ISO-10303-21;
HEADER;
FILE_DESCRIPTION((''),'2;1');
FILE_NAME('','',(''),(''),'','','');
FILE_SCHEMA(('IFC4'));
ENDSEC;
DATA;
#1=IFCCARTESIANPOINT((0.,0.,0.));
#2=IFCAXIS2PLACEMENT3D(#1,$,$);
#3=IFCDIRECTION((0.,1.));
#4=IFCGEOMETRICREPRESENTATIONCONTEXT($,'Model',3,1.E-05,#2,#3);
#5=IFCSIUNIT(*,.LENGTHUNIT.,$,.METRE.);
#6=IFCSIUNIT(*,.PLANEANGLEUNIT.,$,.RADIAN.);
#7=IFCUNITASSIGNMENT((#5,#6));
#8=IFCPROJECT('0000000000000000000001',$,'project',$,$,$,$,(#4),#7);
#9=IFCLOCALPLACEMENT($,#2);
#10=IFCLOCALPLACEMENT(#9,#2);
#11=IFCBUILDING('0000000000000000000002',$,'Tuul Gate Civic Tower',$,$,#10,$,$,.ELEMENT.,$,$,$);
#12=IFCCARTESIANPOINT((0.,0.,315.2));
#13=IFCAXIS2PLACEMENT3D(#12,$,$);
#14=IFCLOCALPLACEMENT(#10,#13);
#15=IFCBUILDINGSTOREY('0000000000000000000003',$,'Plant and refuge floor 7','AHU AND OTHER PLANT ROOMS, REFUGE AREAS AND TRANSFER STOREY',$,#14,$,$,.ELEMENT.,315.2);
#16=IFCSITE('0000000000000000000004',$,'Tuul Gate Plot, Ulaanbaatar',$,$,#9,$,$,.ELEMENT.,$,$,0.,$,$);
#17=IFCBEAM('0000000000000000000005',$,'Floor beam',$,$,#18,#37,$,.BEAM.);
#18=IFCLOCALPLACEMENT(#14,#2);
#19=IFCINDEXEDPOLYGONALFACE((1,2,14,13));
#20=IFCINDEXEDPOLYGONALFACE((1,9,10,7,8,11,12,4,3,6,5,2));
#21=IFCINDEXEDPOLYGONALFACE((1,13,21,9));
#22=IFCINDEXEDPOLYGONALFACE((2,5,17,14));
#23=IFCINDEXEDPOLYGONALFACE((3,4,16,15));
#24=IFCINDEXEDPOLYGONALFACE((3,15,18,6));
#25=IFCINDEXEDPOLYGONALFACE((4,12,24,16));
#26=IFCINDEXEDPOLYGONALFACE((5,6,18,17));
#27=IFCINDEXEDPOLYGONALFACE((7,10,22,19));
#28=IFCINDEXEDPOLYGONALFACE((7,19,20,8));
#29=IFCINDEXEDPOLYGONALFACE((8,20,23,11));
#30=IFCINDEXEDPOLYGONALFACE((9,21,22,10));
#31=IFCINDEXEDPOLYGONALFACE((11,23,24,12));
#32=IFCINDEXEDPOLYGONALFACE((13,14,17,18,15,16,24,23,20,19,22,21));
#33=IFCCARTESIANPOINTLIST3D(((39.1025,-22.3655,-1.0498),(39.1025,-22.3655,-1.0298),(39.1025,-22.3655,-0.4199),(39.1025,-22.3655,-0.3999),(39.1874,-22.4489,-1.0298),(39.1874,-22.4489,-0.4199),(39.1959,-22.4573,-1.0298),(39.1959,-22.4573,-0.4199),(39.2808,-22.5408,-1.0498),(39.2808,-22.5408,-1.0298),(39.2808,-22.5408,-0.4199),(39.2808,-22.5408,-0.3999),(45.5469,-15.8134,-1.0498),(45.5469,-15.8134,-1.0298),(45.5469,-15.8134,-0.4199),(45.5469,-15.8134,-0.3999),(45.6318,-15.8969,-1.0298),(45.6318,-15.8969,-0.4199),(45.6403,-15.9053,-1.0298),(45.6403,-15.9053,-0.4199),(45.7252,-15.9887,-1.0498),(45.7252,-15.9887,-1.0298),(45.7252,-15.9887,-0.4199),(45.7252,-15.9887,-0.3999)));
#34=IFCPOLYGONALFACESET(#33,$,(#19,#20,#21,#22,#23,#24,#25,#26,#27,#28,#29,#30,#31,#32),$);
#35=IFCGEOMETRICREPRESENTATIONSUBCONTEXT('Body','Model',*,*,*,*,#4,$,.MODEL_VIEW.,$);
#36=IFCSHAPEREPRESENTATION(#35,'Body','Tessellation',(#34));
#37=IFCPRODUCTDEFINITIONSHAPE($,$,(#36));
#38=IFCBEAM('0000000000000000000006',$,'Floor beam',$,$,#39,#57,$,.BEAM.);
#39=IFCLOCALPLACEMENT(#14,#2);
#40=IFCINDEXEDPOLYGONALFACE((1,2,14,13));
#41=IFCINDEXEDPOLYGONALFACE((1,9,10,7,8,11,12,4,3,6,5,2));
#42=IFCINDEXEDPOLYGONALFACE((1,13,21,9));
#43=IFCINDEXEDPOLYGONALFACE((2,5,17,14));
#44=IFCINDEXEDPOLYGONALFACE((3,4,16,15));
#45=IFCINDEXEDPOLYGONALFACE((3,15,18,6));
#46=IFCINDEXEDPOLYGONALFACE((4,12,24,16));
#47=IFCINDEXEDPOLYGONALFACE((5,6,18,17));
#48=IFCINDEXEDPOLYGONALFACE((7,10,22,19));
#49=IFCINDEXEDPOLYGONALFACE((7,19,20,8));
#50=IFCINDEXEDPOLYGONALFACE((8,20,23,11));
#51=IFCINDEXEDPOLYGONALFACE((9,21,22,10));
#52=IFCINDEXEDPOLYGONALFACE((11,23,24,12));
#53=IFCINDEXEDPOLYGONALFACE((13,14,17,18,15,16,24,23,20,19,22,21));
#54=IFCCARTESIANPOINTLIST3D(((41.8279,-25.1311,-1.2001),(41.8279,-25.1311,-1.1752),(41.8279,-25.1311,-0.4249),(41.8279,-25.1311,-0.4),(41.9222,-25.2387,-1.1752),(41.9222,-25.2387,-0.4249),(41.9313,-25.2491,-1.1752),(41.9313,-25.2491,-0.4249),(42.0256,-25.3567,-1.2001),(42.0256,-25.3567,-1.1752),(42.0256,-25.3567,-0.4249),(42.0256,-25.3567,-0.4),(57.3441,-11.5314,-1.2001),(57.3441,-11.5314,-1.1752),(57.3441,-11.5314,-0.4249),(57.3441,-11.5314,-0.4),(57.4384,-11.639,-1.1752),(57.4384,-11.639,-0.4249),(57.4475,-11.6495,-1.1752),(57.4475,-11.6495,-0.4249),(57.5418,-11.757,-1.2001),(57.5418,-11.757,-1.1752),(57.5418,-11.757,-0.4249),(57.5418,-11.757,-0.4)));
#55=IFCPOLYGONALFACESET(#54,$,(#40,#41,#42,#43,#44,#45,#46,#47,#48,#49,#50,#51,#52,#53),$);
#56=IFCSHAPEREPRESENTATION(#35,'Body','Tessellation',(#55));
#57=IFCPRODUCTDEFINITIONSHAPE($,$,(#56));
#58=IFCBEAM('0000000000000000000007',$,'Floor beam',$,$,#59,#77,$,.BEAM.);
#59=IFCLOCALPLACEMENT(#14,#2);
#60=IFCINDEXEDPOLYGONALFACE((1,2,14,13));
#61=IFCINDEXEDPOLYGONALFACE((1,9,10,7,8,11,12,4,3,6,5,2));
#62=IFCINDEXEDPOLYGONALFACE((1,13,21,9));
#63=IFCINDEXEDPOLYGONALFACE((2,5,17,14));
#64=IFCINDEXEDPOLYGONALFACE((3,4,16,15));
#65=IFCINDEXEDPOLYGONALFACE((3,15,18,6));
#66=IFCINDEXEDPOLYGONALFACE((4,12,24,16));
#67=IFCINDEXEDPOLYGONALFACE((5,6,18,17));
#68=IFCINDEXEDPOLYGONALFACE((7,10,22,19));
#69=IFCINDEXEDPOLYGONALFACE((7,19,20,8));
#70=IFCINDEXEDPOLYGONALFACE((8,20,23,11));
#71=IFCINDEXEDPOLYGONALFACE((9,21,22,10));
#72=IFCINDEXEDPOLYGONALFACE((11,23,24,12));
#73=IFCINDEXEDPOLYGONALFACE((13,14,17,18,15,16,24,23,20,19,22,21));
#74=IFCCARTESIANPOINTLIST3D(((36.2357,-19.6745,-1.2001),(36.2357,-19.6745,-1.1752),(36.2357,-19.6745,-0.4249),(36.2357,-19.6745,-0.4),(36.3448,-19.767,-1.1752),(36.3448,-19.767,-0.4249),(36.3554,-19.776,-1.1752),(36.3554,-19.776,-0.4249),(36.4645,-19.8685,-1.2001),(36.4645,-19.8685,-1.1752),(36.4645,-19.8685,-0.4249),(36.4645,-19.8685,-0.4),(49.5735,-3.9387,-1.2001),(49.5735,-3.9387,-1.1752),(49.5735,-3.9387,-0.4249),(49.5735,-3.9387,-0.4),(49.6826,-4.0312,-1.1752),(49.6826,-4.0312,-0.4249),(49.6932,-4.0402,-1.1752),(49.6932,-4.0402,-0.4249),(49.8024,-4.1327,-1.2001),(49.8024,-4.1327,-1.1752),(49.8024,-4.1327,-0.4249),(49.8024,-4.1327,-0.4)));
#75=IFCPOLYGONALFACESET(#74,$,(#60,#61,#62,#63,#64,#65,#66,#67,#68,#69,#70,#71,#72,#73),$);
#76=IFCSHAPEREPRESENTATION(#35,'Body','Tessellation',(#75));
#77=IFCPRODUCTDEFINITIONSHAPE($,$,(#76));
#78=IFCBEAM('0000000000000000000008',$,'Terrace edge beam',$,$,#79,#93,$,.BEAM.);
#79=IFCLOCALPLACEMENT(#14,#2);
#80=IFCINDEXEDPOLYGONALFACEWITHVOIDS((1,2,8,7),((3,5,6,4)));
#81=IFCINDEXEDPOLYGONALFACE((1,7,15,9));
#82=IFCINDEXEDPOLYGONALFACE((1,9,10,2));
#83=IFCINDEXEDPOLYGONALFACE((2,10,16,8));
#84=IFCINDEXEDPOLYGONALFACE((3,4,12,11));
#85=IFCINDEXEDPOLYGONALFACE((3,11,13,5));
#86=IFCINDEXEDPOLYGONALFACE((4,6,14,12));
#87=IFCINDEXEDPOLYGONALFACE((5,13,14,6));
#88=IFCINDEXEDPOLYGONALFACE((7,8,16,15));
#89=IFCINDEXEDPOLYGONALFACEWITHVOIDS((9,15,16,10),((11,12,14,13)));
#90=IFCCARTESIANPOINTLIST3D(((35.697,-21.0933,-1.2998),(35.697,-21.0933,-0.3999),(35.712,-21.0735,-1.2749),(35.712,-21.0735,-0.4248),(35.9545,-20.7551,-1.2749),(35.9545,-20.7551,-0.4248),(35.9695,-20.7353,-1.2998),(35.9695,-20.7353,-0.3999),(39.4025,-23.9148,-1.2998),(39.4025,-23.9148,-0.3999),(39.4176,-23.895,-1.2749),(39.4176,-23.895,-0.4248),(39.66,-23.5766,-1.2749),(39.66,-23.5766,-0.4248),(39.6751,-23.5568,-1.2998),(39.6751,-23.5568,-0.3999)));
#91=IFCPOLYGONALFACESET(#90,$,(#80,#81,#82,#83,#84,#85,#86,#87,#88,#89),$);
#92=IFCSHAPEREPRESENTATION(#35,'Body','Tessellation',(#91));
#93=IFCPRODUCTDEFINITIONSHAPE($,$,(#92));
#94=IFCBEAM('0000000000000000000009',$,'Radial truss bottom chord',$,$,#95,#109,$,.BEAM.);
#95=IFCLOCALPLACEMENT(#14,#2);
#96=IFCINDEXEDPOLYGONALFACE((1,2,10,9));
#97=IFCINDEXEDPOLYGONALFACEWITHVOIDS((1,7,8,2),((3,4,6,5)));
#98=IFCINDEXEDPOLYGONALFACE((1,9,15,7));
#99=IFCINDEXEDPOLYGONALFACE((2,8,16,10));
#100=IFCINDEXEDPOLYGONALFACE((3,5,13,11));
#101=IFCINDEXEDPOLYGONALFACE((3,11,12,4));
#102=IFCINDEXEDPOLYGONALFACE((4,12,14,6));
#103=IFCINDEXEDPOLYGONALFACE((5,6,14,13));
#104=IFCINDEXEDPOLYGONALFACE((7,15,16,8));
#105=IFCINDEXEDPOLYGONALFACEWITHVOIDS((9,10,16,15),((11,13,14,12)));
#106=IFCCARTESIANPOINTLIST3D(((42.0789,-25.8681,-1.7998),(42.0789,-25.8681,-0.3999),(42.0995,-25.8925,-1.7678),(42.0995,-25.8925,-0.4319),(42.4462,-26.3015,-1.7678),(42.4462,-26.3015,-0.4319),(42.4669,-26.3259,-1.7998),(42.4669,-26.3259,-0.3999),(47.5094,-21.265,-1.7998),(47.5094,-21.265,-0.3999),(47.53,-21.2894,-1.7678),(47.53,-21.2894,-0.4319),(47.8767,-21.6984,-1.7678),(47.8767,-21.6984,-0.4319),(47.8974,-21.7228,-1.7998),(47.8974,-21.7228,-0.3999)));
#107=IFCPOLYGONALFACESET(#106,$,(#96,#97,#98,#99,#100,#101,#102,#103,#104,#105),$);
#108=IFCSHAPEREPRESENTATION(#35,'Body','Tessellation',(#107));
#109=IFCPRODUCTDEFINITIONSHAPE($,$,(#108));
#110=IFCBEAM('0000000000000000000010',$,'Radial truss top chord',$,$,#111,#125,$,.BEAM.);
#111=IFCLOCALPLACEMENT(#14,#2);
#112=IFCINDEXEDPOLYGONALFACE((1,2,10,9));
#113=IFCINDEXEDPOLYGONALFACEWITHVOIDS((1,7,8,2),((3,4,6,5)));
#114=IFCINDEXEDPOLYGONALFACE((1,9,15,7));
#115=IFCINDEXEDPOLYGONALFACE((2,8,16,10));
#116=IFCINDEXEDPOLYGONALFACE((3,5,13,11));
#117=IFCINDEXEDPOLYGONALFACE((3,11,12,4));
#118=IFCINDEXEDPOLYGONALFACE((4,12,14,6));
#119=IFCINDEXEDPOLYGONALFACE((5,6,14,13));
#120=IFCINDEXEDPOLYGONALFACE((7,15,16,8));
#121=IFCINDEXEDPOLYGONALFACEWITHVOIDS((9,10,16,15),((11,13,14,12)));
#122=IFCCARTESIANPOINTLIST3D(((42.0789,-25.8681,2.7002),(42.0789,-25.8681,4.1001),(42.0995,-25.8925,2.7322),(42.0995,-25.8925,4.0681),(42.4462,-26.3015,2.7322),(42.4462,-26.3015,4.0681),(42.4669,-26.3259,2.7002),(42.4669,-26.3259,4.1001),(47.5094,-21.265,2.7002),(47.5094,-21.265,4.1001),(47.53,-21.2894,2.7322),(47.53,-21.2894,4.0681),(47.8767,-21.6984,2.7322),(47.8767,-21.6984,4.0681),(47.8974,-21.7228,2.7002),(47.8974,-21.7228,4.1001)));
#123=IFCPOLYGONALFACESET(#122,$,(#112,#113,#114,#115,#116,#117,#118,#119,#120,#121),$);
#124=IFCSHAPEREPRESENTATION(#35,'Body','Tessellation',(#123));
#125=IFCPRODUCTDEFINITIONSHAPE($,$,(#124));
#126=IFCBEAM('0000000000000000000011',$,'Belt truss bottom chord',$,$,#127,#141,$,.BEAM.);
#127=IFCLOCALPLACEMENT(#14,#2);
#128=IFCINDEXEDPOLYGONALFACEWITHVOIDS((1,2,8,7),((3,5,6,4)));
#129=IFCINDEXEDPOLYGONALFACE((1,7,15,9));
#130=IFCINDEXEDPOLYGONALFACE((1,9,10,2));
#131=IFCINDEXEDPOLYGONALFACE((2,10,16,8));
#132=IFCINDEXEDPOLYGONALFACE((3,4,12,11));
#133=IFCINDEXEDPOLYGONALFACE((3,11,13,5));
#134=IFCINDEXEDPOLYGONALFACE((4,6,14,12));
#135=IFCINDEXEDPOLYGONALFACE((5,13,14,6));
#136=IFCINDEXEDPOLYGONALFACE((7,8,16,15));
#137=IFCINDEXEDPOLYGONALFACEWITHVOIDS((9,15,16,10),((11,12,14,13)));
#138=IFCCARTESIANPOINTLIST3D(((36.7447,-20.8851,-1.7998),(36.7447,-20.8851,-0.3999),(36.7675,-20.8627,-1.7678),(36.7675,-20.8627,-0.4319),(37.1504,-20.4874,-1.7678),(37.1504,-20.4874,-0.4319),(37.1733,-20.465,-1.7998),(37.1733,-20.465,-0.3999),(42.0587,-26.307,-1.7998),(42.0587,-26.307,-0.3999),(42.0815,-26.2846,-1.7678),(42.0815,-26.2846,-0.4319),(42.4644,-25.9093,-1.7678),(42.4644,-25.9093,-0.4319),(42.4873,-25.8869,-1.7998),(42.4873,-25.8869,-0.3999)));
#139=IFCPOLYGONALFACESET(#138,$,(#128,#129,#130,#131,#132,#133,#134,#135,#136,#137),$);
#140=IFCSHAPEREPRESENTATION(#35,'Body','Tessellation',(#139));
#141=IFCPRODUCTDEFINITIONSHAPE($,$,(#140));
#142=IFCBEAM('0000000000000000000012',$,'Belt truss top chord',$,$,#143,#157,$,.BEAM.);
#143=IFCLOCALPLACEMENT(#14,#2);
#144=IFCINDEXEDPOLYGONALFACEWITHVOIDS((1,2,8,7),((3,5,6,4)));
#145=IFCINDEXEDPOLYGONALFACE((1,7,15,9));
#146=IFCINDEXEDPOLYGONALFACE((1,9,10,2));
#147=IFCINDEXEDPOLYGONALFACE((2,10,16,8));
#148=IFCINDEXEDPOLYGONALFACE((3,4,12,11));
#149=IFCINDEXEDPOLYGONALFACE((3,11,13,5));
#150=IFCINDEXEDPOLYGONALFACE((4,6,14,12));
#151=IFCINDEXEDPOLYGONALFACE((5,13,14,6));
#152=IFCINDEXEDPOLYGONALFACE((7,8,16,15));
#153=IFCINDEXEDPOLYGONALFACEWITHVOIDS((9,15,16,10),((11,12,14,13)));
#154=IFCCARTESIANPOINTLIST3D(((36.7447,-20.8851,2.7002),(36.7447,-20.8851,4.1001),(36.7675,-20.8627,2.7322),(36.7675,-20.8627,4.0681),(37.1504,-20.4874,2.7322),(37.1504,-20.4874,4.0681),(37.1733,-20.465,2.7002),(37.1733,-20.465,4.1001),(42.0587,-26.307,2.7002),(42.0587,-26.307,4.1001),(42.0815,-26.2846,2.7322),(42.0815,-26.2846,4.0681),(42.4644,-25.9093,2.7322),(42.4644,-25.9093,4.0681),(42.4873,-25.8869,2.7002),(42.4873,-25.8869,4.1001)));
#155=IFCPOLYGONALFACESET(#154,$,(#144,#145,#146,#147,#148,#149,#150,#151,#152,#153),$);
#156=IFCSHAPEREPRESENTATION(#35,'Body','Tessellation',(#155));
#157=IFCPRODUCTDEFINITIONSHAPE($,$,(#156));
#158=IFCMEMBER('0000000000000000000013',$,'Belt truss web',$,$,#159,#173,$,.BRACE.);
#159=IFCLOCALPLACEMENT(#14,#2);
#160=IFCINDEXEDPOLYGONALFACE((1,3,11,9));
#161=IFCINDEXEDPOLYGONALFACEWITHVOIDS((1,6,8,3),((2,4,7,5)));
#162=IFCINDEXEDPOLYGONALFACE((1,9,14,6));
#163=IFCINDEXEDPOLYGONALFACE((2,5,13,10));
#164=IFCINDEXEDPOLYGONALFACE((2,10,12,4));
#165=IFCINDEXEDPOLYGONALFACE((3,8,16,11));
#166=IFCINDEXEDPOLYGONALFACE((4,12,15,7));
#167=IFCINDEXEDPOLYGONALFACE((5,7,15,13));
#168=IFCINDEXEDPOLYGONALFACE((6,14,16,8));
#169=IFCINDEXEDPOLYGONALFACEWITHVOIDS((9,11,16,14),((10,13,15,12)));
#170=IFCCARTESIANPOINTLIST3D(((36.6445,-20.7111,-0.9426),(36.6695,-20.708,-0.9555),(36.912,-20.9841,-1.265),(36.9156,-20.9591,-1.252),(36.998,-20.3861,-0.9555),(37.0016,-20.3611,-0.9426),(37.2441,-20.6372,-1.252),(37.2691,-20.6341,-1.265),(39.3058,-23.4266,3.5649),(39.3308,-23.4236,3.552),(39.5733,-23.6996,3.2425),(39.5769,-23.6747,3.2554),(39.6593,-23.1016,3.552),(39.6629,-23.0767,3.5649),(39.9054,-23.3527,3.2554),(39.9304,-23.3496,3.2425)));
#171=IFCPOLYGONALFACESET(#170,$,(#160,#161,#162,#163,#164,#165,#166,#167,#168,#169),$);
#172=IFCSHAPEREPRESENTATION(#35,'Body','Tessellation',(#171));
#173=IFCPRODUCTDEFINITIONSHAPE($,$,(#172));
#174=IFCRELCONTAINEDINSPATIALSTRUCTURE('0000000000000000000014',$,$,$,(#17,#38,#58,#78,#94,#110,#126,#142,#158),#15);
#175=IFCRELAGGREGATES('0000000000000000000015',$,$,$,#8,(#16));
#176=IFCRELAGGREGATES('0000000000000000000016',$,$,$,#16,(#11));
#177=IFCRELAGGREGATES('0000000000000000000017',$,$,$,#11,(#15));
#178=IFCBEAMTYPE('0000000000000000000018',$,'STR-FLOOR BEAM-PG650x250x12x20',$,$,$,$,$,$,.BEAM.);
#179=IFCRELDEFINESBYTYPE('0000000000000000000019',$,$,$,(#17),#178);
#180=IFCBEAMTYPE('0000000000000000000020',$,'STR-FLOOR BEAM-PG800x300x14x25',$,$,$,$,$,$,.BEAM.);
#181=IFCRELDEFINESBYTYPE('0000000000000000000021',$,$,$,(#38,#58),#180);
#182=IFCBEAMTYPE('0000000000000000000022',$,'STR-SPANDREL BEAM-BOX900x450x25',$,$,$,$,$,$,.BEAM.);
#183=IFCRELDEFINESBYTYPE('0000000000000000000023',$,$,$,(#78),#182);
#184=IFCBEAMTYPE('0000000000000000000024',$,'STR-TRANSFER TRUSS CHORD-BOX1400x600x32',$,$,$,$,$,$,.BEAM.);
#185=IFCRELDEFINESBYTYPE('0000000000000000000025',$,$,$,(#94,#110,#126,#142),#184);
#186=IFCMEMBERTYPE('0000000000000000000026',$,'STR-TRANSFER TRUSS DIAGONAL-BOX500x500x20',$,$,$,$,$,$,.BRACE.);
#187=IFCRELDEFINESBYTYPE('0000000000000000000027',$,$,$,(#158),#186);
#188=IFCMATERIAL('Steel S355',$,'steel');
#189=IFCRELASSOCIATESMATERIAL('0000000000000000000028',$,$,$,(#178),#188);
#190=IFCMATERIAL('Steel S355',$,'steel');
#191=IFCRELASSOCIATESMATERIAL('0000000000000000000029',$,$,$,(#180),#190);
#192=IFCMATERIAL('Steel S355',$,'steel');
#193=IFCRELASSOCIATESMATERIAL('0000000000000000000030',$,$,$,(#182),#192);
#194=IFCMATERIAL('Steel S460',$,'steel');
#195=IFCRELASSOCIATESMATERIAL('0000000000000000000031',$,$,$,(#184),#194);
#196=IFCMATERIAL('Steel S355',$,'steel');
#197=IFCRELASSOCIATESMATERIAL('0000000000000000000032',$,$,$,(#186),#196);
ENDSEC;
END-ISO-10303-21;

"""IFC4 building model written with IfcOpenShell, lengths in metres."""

from ifc_helpers import new_model, si_unit, direction, frame, origin, origin_2d, place, context, subcontext, project, spatial, hollow_rectangle, i_section, extrude, material, material_profile, profile_set, type_object, element, save


model = new_model("IFC4")

# Units and contexts
model_context = context("Model", 3, precision=1e-05, world=origin(), true_north=direction((0.0, 1.0)))
body_context = subcontext(model_context, "Body", "Model", "MODEL_VIEW")
ifc_project = project(units=[si_unit("LENGTHUNIT", "METRE"), si_unit("PLANEANGLEUNIT", "RADIAN")], contexts=[model_context])

# Site, building, storey
site_placement = place(None, origin())
site = spatial("IfcSite", under=ifc_project, at=site_placement, Name="Tuul Gate Plot, Ulaanbaatar", CompositionType="ELEMENT", RefElevation=0.0)
building_placement = place(site_placement, origin())
building = spatial("IfcBuilding", under=site, at=building_placement, Name="Tuul Gate Civic Tower", CompositionType="ELEMENT")
storey_placement = place(building_placement, frame((0.0, 0.0, 315.2)))
storey = spatial("IfcBuildingStorey", under=building, at=storey_placement, Name="Plant and refuge floor 7", Description="AHU AND OTHER PLANT ROOMS, REFUGE AREAS AND TRANSFER STOREY", CompositionType="ELEMENT", Elevation=315.2)

# Beams
ifc_material_1 = material(Name="Steel S355", Category="steel")
ifc_material_profile_1 = material_profile(ifc_material_1, i_section(OverallWidth=0.25, OverallDepth=0.6499, WebThickness=0.012, FlangeThickness=0.02, at=origin_2d()), Name="PG650x250x12x20")
ifc_profile_set_1 = profile_set([ifc_material_profile_1], Name="Steel S355")
beam_type_1 = type_object("IfcBeamType", Name="STR-FLOOR BEAM-PG650x250x12x20", PredefinedType="BEAM", material=ifc_profile_set_1)
beam_1_placement = place(storey_placement, frame((39.1917, -22.4531, -0.7249), z_axis=(0.701225, 0.71294, 0.0), x_axis=(-0.71294, 0.701225, 0.0)))
element("IfcBeam", 1, at=beam_1_placement, inside=storey, type_object=beam_type_1, Name="Floor beam", PredefinedType="BEAM", context=body_context, shape_type="SweptSolid", body=[
    extrude(i_section(OverallWidth=0.25, OverallDepth=0.6499, WebThickness=0.012, FlangeThickness=0.02, at=origin_2d()), origin(), (0.0, 0.0, 1.0), 9.1902),
])
ifc_material_2 = material(Name="Steel S355", Category="steel")
ifc_material_profile_2 = material_profile(ifc_material_2, i_section(OverallWidth=0.3, OverallDepth=0.8, WebThickness=0.0139, FlangeThickness=0.0249, at=origin_2d()), Name="PG800x300x14x25")
ifc_profile_set_2 = profile_set([ifc_material_profile_2], Name="Steel S355")
beam_type_2 = type_object("IfcBeamType", Name="STR-FLOOR BEAM-PG800x300x14x25", PredefinedType="BEAM", material=ifc_profile_set_2)
beam_2_placement = place(storey_placement, frame((41.9268, -25.2439, -0.8), z_axis=(0.752024, 0.659136, 0.0), x_axis=(-0.659136, 0.752024, 0.0)))
element("IfcBeam", 2, at=beam_2_placement, inside=storey, type_object=beam_type_2, Name="Floor beam", PredefinedType="BEAM", context=body_context, shape_type="SweptSolid", body=[
    extrude(i_section(OverallWidth=0.3, OverallDepth=0.8, WebThickness=0.0139, FlangeThickness=0.0249, at=origin_2d()), origin(), (0.0, 0.0, 1.0), 20.6326),
])
beam_3_placement = place(storey_placement, frame((36.3501, -19.7715, -0.8), z_axis=(0.64659, 0.762837, 0.0), x_axis=(-0.762837, 0.64659, 0.0)))
element("IfcBeam", 3, at=beam_3_placement, inside=storey, type_object=beam_type_2, Name="Floor beam", PredefinedType="BEAM", context=body_context, shape_type="SweptSolid", body=[
    extrude(i_section(OverallWidth=0.3, OverallDepth=0.8, WebThickness=0.0139, FlangeThickness=0.0249, at=origin_2d()), origin(), (0.0, 0.0, 1.0), 20.6279),
])
ifc_material_3 = material(Name="Steel S355", Category="steel")
ifc_material_profile_3 = material_profile(ifc_material_3, hollow_rectangle(XDim=0.45, YDim=0.8999, WallThickness=0.0249, at=origin_2d()), Name="BOX900x450x25")
ifc_profile_set_3 = profile_set([ifc_material_profile_3], Name="Steel S355")
beam_type_3 = type_object("IfcBeamType", Name="STR-SPANDREL BEAM-BOX900x450x25", PredefinedType="BEAM", material=ifc_profile_set_3)
beam_4_placement = place(storey_placement, frame((35.8333, -20.9143, -0.8499), z_axis=(0.795613, -0.605805, 0.0), x_axis=(0.605805, 0.795613, 0.0)))
element("IfcBeam", 4, at=beam_4_placement, inside=storey, type_object=beam_type_3, Name="Terrace edge beam", PredefinedType="BEAM", context=body_context, shape_type="SweptSolid", body=[
    extrude(hollow_rectangle(XDim=0.45, YDim=0.8999, WallThickness=0.0249, at=origin_2d()), origin(), (0.0, 0.0, 1.0), 4.6575),
])
ifc_material_4 = material(Name="Steel S460", Category="steel")
ifc_material_profile_4 = material_profile(ifc_material_4, hollow_rectangle(XDim=0.6001, YDim=1.3999, WallThickness=0.032, at=origin_2d()), Name="BOX1400x600x32")
ifc_profile_set_4 = profile_set([ifc_material_profile_4], Name="Steel S460")
beam_type_4 = type_object("IfcBeamType", Name="STR-TRANSFER TRUSS CHORD-BOX1400x600x32", PredefinedType="BEAM", material=ifc_profile_set_4)
for number, where, z_axis, x_axis, name in (
    (5, (47.7034, -21.4939, -1.0999), (-0.762828, -0.646602, 0.0), (0.646602, -0.762828, 0.0), "Radial truss bottom chord"),
    (6, (47.7034, -21.4939, 3.4001), (-0.762828, -0.646602, 0.0), (0.646602, -0.762828, 0.0), "Radial truss top chord"),
):
    element("IfcBeam", number, at=place(storey_placement, frame(where, z_axis=z_axis, x_axis=x_axis)), inside=storey, type_object=beam_type_4, Name=name, PredefinedType="BEAM", context=body_context, shape_type="SweptSolid", body=[
        extrude(hollow_rectangle(XDim=0.6001, YDim=1.3999, WallThickness=0.032, at=origin_2d()), origin(), (0.0, 0.0, 1.0), 7.1189),
    ])
for number, where, z_axis, x_axis, name in (
    (7, (36.959, -20.675, -1.0999), (0.699964, -0.714178, 0.0), (0.714178, 0.699964, 0.0), "Belt truss bottom chord"),
    (8, (36.959, -20.675, 3.4001), (0.699964, -0.714178, 0.0), (0.714178, 0.699964, 0.0), "Belt truss top chord"),
):
    element("IfcBeam", number, at=place(storey_placement, frame(where, z_axis=z_axis, x_axis=x_axis)), inside=storey, type_object=beam_type_4, Name=name, PredefinedType="BEAM", context=body_context, shape_type="SweptSolid", body=[
        extrude(hollow_rectangle(XDim=0.6001, YDim=1.3999, WallThickness=0.032, at=origin_2d()), origin(), (0.0, 0.0, 1.0), 7.5918),
    ])

# Member
ifc_material_5 = material(Name="Steel S355", Category="steel")
ifc_material_profile_5 = material_profile(ifc_material_5, hollow_rectangle(XDim=0.5, YDim=0.5, WallThickness=0.02, at=origin_2d()), Name="BOX500x500x20")
ifc_profile_set_5 = profile_set([ifc_material_profile_5], Name="Steel S355")
member_type_1 = type_object("IfcMemberType", Name="STR-TRANSFER TRUSS DIAGONAL-BOX500x500x20", PredefinedType="BRACE", material=ifc_profile_set_5)
member_1_placement = place(storey_placement, frame((36.9568, -20.6726, -1.1038), z_axis=(0.451305, -0.460496, 0.764374), x_axis=(0.714198, 0.699944, 0.0)))
element("IfcMember", 9, at=member_1_placement, inside=storey, type_object=member_type_1, Name="Belt truss web", PredefinedType="BRACE", context=body_context, shape_type="SweptSolid", body=[
    extrude(hollow_rectangle(XDim=0.5, YDim=0.5, WallThickness=0.02, at=origin_2d()), origin(), (0.0, 0.0, 1.0), 5.897),
])

save(model, "model.ifc")
